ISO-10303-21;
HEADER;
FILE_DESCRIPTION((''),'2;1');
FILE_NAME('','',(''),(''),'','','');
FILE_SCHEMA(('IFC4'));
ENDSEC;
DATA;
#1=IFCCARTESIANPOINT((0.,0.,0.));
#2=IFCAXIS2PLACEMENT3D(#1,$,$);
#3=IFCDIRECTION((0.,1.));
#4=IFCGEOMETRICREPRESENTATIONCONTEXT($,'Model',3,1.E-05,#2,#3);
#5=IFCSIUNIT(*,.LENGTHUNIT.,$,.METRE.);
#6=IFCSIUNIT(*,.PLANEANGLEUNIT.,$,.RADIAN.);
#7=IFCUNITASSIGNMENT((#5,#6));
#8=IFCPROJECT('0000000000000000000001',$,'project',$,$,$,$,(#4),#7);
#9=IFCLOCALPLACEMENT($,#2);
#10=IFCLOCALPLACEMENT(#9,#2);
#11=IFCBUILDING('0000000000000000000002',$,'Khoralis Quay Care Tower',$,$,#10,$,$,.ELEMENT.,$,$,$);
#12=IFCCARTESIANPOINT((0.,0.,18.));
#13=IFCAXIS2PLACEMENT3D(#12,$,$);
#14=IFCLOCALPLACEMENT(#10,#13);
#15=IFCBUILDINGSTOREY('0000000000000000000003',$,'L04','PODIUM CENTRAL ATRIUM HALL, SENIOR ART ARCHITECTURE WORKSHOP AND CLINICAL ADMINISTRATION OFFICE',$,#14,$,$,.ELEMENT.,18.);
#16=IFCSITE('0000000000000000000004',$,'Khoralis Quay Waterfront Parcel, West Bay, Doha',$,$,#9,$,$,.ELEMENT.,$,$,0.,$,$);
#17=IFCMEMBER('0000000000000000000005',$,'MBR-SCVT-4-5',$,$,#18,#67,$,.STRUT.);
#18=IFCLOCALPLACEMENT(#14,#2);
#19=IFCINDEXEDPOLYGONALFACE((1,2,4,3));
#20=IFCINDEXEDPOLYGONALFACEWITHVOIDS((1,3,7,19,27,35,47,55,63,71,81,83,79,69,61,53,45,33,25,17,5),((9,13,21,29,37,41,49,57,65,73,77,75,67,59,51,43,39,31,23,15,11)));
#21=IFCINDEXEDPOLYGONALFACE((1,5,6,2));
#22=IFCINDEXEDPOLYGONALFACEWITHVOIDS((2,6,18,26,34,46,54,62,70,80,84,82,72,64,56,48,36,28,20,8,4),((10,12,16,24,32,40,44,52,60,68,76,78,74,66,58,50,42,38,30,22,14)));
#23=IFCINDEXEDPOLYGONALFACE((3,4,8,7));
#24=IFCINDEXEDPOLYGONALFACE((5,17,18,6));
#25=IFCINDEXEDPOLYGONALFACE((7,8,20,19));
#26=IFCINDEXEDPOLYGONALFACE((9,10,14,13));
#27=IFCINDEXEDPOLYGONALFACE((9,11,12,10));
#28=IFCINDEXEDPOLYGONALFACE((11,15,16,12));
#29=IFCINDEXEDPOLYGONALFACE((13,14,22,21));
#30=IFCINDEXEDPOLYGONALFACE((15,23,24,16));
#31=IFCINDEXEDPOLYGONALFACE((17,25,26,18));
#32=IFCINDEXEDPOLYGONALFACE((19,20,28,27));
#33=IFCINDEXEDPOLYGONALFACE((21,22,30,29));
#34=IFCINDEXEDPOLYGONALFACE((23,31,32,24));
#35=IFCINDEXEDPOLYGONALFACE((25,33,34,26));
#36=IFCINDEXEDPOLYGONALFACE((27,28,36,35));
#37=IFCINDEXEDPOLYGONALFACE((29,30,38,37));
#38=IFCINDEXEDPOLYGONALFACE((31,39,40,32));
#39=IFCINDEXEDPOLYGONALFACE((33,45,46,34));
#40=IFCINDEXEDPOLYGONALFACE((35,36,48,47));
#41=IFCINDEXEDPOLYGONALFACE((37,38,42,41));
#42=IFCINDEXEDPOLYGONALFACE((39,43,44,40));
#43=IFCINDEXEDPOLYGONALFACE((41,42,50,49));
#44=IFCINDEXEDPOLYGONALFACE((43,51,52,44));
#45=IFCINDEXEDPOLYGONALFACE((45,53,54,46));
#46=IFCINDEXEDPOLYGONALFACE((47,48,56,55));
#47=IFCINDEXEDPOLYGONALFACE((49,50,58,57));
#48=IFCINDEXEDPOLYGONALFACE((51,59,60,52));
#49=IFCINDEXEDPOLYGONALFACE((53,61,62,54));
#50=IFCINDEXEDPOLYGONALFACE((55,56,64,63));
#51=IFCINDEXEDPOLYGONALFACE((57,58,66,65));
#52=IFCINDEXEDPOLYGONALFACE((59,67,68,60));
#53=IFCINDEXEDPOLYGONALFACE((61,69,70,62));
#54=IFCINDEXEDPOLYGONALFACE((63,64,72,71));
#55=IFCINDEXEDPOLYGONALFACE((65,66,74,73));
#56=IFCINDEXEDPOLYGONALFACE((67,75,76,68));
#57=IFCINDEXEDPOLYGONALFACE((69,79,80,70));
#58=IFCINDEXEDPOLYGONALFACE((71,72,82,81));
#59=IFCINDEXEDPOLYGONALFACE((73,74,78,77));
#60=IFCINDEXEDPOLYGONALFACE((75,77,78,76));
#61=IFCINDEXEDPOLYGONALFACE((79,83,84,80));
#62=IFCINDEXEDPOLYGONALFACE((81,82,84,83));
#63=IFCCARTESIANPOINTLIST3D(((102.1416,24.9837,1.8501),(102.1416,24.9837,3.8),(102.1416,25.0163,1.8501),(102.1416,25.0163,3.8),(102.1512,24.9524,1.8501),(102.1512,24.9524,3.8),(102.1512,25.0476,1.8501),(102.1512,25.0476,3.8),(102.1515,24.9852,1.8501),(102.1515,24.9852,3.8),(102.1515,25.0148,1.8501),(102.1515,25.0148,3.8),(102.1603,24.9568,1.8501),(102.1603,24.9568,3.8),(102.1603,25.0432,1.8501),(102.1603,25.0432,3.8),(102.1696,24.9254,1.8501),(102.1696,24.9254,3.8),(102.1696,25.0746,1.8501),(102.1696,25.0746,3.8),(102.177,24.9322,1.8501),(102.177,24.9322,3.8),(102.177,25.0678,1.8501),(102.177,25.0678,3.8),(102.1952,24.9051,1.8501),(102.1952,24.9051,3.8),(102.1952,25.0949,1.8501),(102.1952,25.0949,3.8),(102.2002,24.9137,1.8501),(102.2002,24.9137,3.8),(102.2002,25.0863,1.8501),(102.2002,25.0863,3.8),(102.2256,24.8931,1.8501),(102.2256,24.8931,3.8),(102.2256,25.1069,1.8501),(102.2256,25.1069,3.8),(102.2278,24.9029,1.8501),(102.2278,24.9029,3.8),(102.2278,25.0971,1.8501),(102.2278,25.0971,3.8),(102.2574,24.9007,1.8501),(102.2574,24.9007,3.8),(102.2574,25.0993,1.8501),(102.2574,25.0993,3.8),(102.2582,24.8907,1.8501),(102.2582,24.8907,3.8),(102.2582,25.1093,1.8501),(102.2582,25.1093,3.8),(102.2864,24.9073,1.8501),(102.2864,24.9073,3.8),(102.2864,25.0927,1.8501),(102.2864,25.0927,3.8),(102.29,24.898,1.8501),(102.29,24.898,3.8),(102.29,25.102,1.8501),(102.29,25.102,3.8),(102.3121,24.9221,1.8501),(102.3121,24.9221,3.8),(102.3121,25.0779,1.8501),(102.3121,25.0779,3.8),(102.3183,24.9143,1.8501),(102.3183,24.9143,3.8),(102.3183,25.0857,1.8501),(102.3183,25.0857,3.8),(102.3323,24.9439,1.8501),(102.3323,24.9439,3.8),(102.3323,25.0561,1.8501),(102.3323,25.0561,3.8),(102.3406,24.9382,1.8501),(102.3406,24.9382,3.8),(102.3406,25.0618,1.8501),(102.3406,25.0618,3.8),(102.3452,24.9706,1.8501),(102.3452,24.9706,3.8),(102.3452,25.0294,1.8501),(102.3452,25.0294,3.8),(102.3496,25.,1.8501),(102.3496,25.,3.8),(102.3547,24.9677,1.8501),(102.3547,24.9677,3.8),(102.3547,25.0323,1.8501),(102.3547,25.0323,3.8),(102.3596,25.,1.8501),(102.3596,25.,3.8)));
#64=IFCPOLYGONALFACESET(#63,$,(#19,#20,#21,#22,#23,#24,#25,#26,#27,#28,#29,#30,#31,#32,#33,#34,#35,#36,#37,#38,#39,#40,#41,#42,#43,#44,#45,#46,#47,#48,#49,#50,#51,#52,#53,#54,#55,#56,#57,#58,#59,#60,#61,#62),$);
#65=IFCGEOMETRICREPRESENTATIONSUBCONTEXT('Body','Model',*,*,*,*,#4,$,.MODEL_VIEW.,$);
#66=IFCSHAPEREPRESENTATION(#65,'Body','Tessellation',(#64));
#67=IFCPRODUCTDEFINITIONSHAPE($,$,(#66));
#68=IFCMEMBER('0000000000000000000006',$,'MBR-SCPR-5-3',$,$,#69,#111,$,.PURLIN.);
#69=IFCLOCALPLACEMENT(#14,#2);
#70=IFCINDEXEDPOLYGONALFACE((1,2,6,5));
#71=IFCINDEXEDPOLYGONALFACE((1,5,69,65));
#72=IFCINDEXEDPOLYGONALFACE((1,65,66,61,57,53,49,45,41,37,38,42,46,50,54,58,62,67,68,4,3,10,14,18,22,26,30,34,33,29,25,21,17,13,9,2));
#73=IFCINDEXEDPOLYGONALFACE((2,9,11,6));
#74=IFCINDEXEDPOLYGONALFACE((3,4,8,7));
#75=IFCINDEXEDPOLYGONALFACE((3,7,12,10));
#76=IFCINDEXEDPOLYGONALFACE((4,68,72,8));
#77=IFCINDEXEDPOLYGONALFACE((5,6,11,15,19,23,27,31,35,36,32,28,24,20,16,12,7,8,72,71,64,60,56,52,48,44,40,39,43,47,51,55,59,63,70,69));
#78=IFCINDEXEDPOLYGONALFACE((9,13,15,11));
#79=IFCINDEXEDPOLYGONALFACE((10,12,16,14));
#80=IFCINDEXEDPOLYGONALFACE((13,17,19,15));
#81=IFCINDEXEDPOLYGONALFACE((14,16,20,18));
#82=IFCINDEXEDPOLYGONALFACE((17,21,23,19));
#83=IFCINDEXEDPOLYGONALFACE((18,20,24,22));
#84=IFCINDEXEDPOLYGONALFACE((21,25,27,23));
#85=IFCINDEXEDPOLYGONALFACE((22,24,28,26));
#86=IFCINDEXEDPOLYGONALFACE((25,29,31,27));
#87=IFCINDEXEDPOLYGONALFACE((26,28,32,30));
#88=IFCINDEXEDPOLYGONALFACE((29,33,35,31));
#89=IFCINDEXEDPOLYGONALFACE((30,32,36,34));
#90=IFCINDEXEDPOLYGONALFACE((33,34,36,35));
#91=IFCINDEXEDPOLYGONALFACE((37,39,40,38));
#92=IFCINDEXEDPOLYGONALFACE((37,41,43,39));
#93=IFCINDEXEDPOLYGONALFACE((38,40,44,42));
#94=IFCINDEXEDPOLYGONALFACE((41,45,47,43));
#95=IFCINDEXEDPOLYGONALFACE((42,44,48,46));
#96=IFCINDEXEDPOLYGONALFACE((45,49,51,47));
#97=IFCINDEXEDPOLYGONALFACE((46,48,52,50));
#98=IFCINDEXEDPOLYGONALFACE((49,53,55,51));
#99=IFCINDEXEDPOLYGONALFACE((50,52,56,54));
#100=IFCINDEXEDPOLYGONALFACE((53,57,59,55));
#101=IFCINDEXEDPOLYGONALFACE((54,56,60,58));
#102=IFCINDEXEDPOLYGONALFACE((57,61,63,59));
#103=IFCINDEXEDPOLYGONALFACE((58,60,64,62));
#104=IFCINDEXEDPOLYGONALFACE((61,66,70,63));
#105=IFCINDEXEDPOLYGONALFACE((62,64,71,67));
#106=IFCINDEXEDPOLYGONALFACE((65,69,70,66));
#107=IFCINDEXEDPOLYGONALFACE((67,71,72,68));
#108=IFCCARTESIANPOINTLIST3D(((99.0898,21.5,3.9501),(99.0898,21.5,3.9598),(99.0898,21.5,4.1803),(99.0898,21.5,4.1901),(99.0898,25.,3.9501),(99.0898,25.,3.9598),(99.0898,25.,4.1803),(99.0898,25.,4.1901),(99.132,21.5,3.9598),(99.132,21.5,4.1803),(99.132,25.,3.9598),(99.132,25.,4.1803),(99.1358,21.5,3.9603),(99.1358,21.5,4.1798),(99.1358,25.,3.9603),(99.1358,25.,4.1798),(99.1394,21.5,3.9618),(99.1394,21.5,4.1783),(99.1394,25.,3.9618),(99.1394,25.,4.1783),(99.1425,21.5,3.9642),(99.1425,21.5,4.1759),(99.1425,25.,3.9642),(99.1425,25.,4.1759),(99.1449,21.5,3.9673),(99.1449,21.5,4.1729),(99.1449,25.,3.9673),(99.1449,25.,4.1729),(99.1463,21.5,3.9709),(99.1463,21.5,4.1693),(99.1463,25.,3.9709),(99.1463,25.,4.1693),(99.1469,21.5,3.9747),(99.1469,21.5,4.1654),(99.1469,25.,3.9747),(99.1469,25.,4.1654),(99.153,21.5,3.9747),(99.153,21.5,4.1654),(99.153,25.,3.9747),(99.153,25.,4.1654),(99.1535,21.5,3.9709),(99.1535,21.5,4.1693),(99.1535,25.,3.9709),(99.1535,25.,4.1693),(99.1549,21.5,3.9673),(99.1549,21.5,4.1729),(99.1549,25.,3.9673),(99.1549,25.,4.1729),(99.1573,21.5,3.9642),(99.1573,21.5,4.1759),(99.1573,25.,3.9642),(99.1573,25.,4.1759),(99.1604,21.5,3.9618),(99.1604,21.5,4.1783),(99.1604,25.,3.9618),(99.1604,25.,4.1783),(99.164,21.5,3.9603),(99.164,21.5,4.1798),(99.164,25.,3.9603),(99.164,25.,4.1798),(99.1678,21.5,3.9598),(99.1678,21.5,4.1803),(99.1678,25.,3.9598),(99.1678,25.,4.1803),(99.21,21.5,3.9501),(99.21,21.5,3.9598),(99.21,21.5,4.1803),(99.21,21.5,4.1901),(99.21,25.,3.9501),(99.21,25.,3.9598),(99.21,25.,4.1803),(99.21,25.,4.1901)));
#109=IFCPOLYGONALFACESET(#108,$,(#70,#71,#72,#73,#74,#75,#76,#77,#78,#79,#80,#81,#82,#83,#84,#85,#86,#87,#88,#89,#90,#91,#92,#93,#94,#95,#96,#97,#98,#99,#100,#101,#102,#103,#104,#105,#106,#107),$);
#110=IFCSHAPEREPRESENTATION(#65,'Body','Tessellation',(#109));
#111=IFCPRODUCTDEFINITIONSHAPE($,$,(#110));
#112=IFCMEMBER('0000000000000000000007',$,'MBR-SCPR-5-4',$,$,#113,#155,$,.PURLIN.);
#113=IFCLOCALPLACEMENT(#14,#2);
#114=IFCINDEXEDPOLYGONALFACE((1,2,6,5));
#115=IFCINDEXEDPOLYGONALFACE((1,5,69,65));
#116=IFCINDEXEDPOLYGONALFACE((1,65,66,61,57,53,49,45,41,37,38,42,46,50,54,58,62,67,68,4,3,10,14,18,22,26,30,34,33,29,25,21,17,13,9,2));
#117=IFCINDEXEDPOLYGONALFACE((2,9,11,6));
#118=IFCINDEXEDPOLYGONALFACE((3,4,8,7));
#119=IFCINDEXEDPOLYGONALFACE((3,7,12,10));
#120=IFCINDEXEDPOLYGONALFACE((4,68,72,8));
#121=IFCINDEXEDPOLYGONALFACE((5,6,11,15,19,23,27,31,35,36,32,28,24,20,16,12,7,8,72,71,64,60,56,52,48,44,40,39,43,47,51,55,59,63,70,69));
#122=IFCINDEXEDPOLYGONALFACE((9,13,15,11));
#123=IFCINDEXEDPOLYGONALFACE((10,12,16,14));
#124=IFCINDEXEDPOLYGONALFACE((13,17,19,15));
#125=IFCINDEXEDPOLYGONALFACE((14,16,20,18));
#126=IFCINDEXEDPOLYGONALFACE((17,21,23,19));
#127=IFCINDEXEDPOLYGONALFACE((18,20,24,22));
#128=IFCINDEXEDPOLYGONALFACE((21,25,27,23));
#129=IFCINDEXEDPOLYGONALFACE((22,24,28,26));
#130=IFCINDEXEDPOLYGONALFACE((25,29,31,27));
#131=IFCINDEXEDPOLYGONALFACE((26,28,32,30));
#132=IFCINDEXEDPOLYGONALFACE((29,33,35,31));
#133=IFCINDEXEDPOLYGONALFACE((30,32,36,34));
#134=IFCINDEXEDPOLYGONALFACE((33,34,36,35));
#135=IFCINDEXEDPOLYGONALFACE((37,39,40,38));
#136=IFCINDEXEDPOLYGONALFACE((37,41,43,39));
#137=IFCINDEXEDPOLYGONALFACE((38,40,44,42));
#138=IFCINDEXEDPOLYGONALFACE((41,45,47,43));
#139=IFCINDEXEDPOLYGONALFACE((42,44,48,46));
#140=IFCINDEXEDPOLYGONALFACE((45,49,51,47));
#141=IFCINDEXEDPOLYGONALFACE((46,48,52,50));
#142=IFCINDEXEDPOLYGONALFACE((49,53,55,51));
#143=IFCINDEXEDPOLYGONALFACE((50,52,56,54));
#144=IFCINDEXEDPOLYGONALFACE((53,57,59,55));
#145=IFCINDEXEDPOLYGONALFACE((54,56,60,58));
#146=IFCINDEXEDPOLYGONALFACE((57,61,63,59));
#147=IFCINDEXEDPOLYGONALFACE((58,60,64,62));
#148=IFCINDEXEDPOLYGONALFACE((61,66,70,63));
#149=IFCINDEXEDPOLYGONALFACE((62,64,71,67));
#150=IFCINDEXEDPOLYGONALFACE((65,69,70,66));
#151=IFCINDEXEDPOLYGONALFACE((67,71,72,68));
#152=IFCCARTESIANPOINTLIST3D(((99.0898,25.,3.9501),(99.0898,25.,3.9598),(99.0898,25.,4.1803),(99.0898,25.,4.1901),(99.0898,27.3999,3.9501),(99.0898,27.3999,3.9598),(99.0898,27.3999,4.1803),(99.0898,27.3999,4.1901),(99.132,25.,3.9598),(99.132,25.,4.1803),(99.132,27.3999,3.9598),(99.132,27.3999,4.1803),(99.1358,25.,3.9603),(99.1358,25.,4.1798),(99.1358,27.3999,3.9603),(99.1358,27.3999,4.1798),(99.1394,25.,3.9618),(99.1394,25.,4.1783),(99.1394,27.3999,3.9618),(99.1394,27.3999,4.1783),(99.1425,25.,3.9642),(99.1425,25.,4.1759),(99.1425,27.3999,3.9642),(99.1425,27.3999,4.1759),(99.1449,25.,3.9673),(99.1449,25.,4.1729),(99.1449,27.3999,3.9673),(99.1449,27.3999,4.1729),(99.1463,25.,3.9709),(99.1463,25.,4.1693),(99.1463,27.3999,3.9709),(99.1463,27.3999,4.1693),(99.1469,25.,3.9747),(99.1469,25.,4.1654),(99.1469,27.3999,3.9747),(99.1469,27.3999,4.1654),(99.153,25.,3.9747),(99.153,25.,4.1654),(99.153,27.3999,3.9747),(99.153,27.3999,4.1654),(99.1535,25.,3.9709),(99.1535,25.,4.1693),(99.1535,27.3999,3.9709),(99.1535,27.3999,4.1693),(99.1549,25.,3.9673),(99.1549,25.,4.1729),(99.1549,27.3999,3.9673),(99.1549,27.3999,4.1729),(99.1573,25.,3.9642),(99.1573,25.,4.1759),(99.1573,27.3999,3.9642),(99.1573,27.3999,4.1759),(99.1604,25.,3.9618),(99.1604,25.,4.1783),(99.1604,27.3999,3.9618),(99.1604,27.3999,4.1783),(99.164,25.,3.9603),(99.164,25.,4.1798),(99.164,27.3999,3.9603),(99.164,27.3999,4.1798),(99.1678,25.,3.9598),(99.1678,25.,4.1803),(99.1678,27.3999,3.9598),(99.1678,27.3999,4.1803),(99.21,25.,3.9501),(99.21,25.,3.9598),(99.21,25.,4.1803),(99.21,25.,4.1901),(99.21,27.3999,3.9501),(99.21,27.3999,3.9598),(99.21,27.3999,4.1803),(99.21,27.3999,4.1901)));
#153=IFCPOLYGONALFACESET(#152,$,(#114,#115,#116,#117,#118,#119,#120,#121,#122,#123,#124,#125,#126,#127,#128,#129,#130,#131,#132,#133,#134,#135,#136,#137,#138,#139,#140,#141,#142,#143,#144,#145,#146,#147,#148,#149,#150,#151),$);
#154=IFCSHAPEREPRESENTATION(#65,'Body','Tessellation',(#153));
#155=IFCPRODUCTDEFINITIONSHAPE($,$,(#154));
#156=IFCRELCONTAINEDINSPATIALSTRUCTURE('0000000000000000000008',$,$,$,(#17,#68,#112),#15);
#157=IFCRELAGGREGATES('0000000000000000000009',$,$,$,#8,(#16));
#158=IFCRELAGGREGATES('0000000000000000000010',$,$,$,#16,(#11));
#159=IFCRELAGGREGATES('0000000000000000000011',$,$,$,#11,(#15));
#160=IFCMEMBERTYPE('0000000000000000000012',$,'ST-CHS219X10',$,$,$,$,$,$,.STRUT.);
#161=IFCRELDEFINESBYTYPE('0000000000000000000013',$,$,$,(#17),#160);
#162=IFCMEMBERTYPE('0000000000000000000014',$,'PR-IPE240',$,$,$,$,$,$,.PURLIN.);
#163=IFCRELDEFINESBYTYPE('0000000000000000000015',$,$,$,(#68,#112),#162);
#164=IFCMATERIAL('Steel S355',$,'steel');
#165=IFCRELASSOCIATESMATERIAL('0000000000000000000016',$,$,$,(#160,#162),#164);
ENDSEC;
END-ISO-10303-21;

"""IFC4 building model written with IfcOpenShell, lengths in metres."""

from ifc_helpers import new_model, si_unit, direction, frame, origin, origin_2d, place, context, subcontext, project, spatial, hollow_circle, i_section, extrude, source, transform, mapped, material, material_profile, profile_set, type_object, element, save


model = new_model("IFC4")

# Units and contexts
model_context = context("Model", 3, precision=1e-05, world=origin(), true_north=direction((0.0, 1.0)))
body_context = subcontext(model_context, "Body", "Model", "MODEL_VIEW")
ifc_project = project(units=[si_unit("LENGTHUNIT", "METRE"), si_unit("PLANEANGLEUNIT", "RADIAN")], contexts=[model_context])

# Site, building, storey
site_placement = place(None, origin())
site = spatial("IfcSite", under=ifc_project, at=site_placement, Name="Khoralis Quay Waterfront Parcel, West Bay, Doha", CompositionType="ELEMENT", RefElevation=0.0)
building_placement = place(site_placement, origin())
building = spatial("IfcBuilding", under=site, at=building_placement, Name="Khoralis Quay Care Tower", CompositionType="ELEMENT")
storey_placement = place(building_placement, frame((0.0, 0.0, 18.0)))
storey = spatial("IfcBuildingStorey", under=building, at=storey_placement, Name="L04", Description="PODIUM CENTRAL ATRIUM HALL, SENIOR ART ARCHITECTURE WORKSHOP AND CLINICAL ADMINISTRATION OFFICE", CompositionType="ELEMENT", Elevation=18.0)

# Members
ifc_material_1 = material(Name="Steel S355", Category="steel")
ifc_material_profile_1 = material_profile(ifc_material_1, hollow_circle(Radius=0.1096, WallThickness=0.01, at=origin_2d()), Name="Steel S355")
ifc_profile_set_1 = profile_set([ifc_material_profile_1], Name="Steel S355")
member_type_1 = type_object("IfcMemberType", Name="ST-CHS219X10", PredefinedType="STRUT", material=ifc_profile_set_1)
shared_shape_1 = source(origin(), body_context, "Body", "SweptSolid", [
    extrude(hollow_circle(Radius=0.1096, WallThickness=0.01, at=origin_2d()), origin(), (0.0, 0.0, 1.0), 1.95),
])
for number, where, z_axis, x_axis, name in (
    (1, (102.25, 25.0, 1.8501), (0.0, 0.0, 1.0), (1.0, 0.0, 0.0), "MBR-SCVT-4-5"),
):
    element("IfcMember", number, at=place(storey_placement, frame(where, z_axis=z_axis, x_axis=x_axis)), inside=storey, type_object=member_type_1, Name=name, PredefinedType="STRUT", context=body_context, shape_type="MappedRepresentation", body=[
        mapped(shared_shape_1, transform((0.0, 0.0, 0.0), scale=1.0)),
    ])
ifc_material_profile_2 = material_profile(ifc_material_1, i_section(OverallWidth=0.1201, OverallDepth=0.24, WebThickness=0.0061, FlangeThickness=0.0098, FilletRadius=0.0149, at=origin_2d()), Name="Steel S355")
ifc_profile_set_2 = profile_set([ifc_material_profile_2], Name="Steel S355")
member_type_2 = type_object("IfcMemberType", Name="PR-IPE240", PredefinedType="PURLIN", material=ifc_profile_set_2)
shared_shape_2 = source(origin(), body_context, "Body", "SweptSolid", [
    extrude(i_section(OverallWidth=0.1201, OverallDepth=0.24, WebThickness=0.0061, FlangeThickness=0.0098, FilletRadius=0.0149, at=origin_2d()), origin(), (0.0, 0.0, 1.0), 3.5),
])
member_1_placement = place(storey_placement, frame((99.1499, 21.5, 4.0701), z_axis=(0.0, 1.0, 0.0), x_axis=(-1.0, 0.0, 0.0)))
element("IfcMember", 2, at=member_1_placement, inside=storey, type_object=member_type_2, Name="MBR-SCPR-5-3", PredefinedType="PURLIN", context=body_context, shape_type="MappedRepresentation", body=[
    mapped(shared_shape_2, transform((0.0, 0.0, 0.0), scale=1.0)),
])
shared_shape_3 = source(origin(), body_context, "Body", "SweptSolid", [
    extrude(i_section(OverallWidth=0.1201, OverallDepth=0.24, WebThickness=0.0061, FlangeThickness=0.0098, FilletRadius=0.0149, at=origin_2d()), origin(), (0.0, 0.0, 1.0), 2.3999),
])
member_2_placement = place(storey_placement, frame((99.1499, 25.0, 4.0701), z_axis=(0.0, 1.0, 0.0), x_axis=(-1.0, 0.0, 0.0)))
element("IfcMember", 3, at=member_2_placement, inside=storey, type_object=member_type_2, Name="MBR-SCPR-5-4", PredefinedType="PURLIN", context=body_context, shape_type="MappedRepresentation", body=[
    mapped(shared_shape_3, transform((0.0, 0.0, 0.0), scale=1.0)),
])

save(model, "model.ifc")
